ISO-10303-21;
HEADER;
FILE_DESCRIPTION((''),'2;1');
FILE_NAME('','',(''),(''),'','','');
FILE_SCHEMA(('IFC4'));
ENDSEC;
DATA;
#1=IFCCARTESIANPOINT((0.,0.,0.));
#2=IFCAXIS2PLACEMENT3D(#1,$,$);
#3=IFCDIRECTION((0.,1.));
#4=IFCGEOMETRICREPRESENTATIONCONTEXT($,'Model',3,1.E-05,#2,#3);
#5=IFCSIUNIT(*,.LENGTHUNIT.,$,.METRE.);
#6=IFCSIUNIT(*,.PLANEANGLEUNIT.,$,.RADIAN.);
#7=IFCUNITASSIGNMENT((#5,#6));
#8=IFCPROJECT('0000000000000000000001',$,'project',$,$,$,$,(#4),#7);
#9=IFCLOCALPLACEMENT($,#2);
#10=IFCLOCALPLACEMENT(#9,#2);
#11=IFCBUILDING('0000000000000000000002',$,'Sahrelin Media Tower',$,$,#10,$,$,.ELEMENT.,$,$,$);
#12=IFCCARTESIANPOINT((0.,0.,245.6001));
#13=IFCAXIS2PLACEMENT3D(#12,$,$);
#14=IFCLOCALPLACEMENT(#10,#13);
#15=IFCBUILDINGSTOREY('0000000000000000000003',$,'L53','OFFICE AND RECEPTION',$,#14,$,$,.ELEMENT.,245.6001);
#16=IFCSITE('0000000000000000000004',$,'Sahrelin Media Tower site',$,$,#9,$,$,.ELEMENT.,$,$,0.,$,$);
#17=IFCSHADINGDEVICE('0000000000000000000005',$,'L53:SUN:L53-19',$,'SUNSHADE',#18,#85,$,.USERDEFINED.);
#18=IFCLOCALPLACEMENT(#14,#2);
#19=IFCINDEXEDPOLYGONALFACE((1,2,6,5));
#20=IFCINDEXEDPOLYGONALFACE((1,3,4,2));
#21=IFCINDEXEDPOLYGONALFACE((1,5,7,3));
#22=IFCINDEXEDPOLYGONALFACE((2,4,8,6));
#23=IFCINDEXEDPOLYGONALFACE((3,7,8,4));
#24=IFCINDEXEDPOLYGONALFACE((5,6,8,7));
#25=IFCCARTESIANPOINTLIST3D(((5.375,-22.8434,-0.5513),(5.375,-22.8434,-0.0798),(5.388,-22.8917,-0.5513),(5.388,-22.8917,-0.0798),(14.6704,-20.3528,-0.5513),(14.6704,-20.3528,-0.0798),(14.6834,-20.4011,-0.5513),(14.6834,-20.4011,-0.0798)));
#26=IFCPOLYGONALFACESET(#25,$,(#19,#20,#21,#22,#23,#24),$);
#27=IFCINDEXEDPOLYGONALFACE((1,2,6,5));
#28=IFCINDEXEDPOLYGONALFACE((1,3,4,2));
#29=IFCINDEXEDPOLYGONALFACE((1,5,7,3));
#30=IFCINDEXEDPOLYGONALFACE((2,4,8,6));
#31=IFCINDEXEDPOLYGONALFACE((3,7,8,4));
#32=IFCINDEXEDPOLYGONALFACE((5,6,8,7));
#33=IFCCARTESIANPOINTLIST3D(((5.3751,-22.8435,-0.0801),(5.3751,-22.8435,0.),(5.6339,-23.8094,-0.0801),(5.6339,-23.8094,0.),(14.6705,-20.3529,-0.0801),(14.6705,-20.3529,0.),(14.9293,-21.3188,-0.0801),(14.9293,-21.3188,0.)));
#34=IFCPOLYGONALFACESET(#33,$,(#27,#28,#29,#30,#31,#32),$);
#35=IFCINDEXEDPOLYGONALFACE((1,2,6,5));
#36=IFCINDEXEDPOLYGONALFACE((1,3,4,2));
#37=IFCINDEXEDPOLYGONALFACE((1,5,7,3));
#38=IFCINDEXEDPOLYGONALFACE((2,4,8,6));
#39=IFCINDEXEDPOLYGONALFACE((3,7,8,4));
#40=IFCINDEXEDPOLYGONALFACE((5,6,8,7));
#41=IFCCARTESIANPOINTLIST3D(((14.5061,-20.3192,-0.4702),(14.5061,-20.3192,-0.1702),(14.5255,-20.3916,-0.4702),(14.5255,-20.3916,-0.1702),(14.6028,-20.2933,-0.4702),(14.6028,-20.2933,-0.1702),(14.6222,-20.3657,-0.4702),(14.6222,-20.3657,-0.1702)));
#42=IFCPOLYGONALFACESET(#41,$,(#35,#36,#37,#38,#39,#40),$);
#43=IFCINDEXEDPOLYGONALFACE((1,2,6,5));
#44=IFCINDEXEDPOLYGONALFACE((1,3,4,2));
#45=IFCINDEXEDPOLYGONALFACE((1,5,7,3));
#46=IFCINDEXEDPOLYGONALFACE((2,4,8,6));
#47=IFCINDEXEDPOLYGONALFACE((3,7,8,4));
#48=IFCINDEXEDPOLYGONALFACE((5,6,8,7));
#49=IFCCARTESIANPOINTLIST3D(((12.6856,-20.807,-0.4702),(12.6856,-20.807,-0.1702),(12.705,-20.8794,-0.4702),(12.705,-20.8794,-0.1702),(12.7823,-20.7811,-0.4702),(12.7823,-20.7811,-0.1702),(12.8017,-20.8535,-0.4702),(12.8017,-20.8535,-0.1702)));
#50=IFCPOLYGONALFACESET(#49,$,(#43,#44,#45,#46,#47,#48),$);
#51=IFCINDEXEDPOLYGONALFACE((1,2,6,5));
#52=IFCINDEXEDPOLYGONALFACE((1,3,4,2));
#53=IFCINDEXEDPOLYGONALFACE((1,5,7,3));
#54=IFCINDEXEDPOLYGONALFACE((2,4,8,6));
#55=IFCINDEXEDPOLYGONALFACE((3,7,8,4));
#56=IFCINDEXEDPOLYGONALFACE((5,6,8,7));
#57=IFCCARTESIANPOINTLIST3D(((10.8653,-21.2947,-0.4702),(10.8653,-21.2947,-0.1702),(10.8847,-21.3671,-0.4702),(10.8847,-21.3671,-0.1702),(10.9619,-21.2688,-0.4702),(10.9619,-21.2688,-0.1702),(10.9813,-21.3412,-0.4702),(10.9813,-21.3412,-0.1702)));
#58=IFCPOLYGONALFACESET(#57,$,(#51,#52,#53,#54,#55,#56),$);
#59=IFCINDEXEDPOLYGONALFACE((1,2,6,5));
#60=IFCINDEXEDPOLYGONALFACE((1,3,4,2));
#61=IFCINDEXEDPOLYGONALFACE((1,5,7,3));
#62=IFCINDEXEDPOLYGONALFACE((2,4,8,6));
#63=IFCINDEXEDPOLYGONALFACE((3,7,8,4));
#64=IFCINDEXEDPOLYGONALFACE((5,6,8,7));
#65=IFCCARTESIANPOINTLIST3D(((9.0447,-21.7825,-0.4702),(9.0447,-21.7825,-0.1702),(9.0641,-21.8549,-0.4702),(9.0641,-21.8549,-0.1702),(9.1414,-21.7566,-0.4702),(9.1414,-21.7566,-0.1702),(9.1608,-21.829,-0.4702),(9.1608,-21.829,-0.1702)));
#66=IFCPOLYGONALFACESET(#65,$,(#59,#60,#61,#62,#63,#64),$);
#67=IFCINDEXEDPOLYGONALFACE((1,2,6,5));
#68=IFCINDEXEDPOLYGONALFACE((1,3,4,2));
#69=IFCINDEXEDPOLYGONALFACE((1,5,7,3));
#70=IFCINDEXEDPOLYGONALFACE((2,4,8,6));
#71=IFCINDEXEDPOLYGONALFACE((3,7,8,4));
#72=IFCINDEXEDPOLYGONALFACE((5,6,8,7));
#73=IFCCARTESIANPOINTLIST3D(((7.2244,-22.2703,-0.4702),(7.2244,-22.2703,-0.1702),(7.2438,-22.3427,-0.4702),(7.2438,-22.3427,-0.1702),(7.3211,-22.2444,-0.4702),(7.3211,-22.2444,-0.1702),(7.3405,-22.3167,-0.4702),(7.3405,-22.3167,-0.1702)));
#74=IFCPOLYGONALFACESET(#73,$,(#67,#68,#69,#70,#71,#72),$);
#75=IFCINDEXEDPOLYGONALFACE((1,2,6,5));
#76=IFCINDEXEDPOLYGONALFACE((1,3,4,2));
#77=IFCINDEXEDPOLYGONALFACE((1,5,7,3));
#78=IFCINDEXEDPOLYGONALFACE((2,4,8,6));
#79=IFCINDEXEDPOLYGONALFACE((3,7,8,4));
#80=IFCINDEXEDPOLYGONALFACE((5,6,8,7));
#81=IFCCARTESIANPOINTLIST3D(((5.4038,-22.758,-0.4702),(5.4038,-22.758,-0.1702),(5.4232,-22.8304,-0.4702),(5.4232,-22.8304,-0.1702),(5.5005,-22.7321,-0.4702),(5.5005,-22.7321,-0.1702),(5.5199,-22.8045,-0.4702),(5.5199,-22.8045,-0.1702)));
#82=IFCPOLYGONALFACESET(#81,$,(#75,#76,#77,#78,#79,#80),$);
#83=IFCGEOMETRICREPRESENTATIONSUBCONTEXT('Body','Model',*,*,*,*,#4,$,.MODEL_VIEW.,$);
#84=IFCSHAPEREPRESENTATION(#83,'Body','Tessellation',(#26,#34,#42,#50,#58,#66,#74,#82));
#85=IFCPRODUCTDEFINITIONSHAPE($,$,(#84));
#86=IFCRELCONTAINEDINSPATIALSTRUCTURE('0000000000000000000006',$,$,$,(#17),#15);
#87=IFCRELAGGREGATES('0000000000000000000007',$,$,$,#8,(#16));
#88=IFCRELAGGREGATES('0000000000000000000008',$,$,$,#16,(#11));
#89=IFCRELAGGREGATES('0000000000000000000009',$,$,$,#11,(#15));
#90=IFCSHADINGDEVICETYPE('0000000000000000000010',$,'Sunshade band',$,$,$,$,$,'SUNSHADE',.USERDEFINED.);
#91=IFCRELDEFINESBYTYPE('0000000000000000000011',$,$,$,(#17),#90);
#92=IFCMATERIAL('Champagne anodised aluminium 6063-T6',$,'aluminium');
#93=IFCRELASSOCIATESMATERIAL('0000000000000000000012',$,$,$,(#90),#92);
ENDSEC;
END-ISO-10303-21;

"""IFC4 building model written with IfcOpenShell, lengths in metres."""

from ifc_helpers import new_model, si_unit, direction, frame, origin, origin_2d, place, context, subcontext, project, spatial, rectangle, extrude, material, type_object, element, save


model = new_model("IFC4")

# Units and contexts
model_context = context("Model", 3, precision=1e-05, world=origin(), true_north=direction((0.0, 1.0)))
body_context = subcontext(model_context, "Body", "Model", "MODEL_VIEW")
ifc_project = project(units=[si_unit("LENGTHUNIT", "METRE"), si_unit("PLANEANGLEUNIT", "RADIAN")], contexts=[model_context])

# Site, building, storey
site_placement = place(None, origin())
site = spatial("IfcSite", under=ifc_project, at=site_placement, Name="Sahrelin Media Tower site", CompositionType="ELEMENT", RefElevation=0.0)
building_placement = place(site_placement, origin())
building = spatial("IfcBuilding", under=site, at=building_placement, Name="Sahrelin Media Tower", CompositionType="ELEMENT")
storey_placement = place(building_placement, frame((0.0, 0.0, 245.6001)))
storey = spatial("IfcBuildingStorey", under=building, at=storey_placement, Name="L53", Description="OFFICE AND RECEPTION", CompositionType="ELEMENT", Elevation=245.6001)

# Shared definitions
ifc_material_1 = material(Name="Champagne anodised aluminium 6063-T6", Category="aluminium")

# Shading device
placement_1 = place(storey_placement, frame((10.0176, -21.5789, 0.0), z_axis=(0.0, 0.0, 1.0), x_axis=(-0.965929, -0.258808, 0.0)))
shading_device_type_1 = type_object("IfcShadingDeviceType", Name="Sunshade band", ElementType="SUNSHADE", PredefinedType="USERDEFINED", material=ifc_material_1)
element("IfcShadingDevice", 1, at=placement_1, inside=storey, type_object=shading_device_type_1, Name="L53:SUN:L53-19", ObjectType="SUNSHADE", PredefinedType="USERDEFINED", context=body_context, shape_type="SweptSolid", body=[
    extrude(rectangle(XDim=9.6233, YDim=0.05, at=origin_2d()), frame((0.0, 0.0449, -0.5513)), (0.0, 0.0, 1.0), 0.4714),
    extrude(rectangle(XDim=9.6233, YDim=1.0, at=origin_2d()), frame((0.0, 0.52, -0.0801)), (0.0, 0.0, 1.0), 0.0801),
    extrude(rectangle(XDim=0.1001, YDim=0.075, at=origin_2d()), frame((-4.7117, -0.0176, -0.4702)), (0.0, 0.0, 1.0), 0.3),
    extrude(rectangle(XDim=0.1001, YDim=0.075, at=origin_2d()), frame((-2.8269, -0.0176, -0.4702)), (0.0, 0.0, 1.0), 0.3),
    extrude(rectangle(XDim=0.1001, YDim=0.075, at=origin_2d()), frame((-0.9424, -0.0176, -0.4702)), (0.0, 0.0, 1.0), 0.3),
    extrude(rectangle(XDim=0.1001, YDim=0.075, at=origin_2d()), frame((0.9424, -0.0176, -0.4702)), (0.0, 0.0, 1.0), 0.3),
    extrude(rectangle(XDim=0.1001, YDim=0.075, at=origin_2d()), frame((2.8269, -0.0176, -0.4702)), (0.0, 0.0, 1.0), 0.3),
    extrude(rectangle(XDim=0.1001, YDim=0.075, at=origin_2d()), frame((4.7117, -0.0176, -0.4702)), (0.0, 0.0, 1.0), 0.3),
])

save(model, "model.ifc")
